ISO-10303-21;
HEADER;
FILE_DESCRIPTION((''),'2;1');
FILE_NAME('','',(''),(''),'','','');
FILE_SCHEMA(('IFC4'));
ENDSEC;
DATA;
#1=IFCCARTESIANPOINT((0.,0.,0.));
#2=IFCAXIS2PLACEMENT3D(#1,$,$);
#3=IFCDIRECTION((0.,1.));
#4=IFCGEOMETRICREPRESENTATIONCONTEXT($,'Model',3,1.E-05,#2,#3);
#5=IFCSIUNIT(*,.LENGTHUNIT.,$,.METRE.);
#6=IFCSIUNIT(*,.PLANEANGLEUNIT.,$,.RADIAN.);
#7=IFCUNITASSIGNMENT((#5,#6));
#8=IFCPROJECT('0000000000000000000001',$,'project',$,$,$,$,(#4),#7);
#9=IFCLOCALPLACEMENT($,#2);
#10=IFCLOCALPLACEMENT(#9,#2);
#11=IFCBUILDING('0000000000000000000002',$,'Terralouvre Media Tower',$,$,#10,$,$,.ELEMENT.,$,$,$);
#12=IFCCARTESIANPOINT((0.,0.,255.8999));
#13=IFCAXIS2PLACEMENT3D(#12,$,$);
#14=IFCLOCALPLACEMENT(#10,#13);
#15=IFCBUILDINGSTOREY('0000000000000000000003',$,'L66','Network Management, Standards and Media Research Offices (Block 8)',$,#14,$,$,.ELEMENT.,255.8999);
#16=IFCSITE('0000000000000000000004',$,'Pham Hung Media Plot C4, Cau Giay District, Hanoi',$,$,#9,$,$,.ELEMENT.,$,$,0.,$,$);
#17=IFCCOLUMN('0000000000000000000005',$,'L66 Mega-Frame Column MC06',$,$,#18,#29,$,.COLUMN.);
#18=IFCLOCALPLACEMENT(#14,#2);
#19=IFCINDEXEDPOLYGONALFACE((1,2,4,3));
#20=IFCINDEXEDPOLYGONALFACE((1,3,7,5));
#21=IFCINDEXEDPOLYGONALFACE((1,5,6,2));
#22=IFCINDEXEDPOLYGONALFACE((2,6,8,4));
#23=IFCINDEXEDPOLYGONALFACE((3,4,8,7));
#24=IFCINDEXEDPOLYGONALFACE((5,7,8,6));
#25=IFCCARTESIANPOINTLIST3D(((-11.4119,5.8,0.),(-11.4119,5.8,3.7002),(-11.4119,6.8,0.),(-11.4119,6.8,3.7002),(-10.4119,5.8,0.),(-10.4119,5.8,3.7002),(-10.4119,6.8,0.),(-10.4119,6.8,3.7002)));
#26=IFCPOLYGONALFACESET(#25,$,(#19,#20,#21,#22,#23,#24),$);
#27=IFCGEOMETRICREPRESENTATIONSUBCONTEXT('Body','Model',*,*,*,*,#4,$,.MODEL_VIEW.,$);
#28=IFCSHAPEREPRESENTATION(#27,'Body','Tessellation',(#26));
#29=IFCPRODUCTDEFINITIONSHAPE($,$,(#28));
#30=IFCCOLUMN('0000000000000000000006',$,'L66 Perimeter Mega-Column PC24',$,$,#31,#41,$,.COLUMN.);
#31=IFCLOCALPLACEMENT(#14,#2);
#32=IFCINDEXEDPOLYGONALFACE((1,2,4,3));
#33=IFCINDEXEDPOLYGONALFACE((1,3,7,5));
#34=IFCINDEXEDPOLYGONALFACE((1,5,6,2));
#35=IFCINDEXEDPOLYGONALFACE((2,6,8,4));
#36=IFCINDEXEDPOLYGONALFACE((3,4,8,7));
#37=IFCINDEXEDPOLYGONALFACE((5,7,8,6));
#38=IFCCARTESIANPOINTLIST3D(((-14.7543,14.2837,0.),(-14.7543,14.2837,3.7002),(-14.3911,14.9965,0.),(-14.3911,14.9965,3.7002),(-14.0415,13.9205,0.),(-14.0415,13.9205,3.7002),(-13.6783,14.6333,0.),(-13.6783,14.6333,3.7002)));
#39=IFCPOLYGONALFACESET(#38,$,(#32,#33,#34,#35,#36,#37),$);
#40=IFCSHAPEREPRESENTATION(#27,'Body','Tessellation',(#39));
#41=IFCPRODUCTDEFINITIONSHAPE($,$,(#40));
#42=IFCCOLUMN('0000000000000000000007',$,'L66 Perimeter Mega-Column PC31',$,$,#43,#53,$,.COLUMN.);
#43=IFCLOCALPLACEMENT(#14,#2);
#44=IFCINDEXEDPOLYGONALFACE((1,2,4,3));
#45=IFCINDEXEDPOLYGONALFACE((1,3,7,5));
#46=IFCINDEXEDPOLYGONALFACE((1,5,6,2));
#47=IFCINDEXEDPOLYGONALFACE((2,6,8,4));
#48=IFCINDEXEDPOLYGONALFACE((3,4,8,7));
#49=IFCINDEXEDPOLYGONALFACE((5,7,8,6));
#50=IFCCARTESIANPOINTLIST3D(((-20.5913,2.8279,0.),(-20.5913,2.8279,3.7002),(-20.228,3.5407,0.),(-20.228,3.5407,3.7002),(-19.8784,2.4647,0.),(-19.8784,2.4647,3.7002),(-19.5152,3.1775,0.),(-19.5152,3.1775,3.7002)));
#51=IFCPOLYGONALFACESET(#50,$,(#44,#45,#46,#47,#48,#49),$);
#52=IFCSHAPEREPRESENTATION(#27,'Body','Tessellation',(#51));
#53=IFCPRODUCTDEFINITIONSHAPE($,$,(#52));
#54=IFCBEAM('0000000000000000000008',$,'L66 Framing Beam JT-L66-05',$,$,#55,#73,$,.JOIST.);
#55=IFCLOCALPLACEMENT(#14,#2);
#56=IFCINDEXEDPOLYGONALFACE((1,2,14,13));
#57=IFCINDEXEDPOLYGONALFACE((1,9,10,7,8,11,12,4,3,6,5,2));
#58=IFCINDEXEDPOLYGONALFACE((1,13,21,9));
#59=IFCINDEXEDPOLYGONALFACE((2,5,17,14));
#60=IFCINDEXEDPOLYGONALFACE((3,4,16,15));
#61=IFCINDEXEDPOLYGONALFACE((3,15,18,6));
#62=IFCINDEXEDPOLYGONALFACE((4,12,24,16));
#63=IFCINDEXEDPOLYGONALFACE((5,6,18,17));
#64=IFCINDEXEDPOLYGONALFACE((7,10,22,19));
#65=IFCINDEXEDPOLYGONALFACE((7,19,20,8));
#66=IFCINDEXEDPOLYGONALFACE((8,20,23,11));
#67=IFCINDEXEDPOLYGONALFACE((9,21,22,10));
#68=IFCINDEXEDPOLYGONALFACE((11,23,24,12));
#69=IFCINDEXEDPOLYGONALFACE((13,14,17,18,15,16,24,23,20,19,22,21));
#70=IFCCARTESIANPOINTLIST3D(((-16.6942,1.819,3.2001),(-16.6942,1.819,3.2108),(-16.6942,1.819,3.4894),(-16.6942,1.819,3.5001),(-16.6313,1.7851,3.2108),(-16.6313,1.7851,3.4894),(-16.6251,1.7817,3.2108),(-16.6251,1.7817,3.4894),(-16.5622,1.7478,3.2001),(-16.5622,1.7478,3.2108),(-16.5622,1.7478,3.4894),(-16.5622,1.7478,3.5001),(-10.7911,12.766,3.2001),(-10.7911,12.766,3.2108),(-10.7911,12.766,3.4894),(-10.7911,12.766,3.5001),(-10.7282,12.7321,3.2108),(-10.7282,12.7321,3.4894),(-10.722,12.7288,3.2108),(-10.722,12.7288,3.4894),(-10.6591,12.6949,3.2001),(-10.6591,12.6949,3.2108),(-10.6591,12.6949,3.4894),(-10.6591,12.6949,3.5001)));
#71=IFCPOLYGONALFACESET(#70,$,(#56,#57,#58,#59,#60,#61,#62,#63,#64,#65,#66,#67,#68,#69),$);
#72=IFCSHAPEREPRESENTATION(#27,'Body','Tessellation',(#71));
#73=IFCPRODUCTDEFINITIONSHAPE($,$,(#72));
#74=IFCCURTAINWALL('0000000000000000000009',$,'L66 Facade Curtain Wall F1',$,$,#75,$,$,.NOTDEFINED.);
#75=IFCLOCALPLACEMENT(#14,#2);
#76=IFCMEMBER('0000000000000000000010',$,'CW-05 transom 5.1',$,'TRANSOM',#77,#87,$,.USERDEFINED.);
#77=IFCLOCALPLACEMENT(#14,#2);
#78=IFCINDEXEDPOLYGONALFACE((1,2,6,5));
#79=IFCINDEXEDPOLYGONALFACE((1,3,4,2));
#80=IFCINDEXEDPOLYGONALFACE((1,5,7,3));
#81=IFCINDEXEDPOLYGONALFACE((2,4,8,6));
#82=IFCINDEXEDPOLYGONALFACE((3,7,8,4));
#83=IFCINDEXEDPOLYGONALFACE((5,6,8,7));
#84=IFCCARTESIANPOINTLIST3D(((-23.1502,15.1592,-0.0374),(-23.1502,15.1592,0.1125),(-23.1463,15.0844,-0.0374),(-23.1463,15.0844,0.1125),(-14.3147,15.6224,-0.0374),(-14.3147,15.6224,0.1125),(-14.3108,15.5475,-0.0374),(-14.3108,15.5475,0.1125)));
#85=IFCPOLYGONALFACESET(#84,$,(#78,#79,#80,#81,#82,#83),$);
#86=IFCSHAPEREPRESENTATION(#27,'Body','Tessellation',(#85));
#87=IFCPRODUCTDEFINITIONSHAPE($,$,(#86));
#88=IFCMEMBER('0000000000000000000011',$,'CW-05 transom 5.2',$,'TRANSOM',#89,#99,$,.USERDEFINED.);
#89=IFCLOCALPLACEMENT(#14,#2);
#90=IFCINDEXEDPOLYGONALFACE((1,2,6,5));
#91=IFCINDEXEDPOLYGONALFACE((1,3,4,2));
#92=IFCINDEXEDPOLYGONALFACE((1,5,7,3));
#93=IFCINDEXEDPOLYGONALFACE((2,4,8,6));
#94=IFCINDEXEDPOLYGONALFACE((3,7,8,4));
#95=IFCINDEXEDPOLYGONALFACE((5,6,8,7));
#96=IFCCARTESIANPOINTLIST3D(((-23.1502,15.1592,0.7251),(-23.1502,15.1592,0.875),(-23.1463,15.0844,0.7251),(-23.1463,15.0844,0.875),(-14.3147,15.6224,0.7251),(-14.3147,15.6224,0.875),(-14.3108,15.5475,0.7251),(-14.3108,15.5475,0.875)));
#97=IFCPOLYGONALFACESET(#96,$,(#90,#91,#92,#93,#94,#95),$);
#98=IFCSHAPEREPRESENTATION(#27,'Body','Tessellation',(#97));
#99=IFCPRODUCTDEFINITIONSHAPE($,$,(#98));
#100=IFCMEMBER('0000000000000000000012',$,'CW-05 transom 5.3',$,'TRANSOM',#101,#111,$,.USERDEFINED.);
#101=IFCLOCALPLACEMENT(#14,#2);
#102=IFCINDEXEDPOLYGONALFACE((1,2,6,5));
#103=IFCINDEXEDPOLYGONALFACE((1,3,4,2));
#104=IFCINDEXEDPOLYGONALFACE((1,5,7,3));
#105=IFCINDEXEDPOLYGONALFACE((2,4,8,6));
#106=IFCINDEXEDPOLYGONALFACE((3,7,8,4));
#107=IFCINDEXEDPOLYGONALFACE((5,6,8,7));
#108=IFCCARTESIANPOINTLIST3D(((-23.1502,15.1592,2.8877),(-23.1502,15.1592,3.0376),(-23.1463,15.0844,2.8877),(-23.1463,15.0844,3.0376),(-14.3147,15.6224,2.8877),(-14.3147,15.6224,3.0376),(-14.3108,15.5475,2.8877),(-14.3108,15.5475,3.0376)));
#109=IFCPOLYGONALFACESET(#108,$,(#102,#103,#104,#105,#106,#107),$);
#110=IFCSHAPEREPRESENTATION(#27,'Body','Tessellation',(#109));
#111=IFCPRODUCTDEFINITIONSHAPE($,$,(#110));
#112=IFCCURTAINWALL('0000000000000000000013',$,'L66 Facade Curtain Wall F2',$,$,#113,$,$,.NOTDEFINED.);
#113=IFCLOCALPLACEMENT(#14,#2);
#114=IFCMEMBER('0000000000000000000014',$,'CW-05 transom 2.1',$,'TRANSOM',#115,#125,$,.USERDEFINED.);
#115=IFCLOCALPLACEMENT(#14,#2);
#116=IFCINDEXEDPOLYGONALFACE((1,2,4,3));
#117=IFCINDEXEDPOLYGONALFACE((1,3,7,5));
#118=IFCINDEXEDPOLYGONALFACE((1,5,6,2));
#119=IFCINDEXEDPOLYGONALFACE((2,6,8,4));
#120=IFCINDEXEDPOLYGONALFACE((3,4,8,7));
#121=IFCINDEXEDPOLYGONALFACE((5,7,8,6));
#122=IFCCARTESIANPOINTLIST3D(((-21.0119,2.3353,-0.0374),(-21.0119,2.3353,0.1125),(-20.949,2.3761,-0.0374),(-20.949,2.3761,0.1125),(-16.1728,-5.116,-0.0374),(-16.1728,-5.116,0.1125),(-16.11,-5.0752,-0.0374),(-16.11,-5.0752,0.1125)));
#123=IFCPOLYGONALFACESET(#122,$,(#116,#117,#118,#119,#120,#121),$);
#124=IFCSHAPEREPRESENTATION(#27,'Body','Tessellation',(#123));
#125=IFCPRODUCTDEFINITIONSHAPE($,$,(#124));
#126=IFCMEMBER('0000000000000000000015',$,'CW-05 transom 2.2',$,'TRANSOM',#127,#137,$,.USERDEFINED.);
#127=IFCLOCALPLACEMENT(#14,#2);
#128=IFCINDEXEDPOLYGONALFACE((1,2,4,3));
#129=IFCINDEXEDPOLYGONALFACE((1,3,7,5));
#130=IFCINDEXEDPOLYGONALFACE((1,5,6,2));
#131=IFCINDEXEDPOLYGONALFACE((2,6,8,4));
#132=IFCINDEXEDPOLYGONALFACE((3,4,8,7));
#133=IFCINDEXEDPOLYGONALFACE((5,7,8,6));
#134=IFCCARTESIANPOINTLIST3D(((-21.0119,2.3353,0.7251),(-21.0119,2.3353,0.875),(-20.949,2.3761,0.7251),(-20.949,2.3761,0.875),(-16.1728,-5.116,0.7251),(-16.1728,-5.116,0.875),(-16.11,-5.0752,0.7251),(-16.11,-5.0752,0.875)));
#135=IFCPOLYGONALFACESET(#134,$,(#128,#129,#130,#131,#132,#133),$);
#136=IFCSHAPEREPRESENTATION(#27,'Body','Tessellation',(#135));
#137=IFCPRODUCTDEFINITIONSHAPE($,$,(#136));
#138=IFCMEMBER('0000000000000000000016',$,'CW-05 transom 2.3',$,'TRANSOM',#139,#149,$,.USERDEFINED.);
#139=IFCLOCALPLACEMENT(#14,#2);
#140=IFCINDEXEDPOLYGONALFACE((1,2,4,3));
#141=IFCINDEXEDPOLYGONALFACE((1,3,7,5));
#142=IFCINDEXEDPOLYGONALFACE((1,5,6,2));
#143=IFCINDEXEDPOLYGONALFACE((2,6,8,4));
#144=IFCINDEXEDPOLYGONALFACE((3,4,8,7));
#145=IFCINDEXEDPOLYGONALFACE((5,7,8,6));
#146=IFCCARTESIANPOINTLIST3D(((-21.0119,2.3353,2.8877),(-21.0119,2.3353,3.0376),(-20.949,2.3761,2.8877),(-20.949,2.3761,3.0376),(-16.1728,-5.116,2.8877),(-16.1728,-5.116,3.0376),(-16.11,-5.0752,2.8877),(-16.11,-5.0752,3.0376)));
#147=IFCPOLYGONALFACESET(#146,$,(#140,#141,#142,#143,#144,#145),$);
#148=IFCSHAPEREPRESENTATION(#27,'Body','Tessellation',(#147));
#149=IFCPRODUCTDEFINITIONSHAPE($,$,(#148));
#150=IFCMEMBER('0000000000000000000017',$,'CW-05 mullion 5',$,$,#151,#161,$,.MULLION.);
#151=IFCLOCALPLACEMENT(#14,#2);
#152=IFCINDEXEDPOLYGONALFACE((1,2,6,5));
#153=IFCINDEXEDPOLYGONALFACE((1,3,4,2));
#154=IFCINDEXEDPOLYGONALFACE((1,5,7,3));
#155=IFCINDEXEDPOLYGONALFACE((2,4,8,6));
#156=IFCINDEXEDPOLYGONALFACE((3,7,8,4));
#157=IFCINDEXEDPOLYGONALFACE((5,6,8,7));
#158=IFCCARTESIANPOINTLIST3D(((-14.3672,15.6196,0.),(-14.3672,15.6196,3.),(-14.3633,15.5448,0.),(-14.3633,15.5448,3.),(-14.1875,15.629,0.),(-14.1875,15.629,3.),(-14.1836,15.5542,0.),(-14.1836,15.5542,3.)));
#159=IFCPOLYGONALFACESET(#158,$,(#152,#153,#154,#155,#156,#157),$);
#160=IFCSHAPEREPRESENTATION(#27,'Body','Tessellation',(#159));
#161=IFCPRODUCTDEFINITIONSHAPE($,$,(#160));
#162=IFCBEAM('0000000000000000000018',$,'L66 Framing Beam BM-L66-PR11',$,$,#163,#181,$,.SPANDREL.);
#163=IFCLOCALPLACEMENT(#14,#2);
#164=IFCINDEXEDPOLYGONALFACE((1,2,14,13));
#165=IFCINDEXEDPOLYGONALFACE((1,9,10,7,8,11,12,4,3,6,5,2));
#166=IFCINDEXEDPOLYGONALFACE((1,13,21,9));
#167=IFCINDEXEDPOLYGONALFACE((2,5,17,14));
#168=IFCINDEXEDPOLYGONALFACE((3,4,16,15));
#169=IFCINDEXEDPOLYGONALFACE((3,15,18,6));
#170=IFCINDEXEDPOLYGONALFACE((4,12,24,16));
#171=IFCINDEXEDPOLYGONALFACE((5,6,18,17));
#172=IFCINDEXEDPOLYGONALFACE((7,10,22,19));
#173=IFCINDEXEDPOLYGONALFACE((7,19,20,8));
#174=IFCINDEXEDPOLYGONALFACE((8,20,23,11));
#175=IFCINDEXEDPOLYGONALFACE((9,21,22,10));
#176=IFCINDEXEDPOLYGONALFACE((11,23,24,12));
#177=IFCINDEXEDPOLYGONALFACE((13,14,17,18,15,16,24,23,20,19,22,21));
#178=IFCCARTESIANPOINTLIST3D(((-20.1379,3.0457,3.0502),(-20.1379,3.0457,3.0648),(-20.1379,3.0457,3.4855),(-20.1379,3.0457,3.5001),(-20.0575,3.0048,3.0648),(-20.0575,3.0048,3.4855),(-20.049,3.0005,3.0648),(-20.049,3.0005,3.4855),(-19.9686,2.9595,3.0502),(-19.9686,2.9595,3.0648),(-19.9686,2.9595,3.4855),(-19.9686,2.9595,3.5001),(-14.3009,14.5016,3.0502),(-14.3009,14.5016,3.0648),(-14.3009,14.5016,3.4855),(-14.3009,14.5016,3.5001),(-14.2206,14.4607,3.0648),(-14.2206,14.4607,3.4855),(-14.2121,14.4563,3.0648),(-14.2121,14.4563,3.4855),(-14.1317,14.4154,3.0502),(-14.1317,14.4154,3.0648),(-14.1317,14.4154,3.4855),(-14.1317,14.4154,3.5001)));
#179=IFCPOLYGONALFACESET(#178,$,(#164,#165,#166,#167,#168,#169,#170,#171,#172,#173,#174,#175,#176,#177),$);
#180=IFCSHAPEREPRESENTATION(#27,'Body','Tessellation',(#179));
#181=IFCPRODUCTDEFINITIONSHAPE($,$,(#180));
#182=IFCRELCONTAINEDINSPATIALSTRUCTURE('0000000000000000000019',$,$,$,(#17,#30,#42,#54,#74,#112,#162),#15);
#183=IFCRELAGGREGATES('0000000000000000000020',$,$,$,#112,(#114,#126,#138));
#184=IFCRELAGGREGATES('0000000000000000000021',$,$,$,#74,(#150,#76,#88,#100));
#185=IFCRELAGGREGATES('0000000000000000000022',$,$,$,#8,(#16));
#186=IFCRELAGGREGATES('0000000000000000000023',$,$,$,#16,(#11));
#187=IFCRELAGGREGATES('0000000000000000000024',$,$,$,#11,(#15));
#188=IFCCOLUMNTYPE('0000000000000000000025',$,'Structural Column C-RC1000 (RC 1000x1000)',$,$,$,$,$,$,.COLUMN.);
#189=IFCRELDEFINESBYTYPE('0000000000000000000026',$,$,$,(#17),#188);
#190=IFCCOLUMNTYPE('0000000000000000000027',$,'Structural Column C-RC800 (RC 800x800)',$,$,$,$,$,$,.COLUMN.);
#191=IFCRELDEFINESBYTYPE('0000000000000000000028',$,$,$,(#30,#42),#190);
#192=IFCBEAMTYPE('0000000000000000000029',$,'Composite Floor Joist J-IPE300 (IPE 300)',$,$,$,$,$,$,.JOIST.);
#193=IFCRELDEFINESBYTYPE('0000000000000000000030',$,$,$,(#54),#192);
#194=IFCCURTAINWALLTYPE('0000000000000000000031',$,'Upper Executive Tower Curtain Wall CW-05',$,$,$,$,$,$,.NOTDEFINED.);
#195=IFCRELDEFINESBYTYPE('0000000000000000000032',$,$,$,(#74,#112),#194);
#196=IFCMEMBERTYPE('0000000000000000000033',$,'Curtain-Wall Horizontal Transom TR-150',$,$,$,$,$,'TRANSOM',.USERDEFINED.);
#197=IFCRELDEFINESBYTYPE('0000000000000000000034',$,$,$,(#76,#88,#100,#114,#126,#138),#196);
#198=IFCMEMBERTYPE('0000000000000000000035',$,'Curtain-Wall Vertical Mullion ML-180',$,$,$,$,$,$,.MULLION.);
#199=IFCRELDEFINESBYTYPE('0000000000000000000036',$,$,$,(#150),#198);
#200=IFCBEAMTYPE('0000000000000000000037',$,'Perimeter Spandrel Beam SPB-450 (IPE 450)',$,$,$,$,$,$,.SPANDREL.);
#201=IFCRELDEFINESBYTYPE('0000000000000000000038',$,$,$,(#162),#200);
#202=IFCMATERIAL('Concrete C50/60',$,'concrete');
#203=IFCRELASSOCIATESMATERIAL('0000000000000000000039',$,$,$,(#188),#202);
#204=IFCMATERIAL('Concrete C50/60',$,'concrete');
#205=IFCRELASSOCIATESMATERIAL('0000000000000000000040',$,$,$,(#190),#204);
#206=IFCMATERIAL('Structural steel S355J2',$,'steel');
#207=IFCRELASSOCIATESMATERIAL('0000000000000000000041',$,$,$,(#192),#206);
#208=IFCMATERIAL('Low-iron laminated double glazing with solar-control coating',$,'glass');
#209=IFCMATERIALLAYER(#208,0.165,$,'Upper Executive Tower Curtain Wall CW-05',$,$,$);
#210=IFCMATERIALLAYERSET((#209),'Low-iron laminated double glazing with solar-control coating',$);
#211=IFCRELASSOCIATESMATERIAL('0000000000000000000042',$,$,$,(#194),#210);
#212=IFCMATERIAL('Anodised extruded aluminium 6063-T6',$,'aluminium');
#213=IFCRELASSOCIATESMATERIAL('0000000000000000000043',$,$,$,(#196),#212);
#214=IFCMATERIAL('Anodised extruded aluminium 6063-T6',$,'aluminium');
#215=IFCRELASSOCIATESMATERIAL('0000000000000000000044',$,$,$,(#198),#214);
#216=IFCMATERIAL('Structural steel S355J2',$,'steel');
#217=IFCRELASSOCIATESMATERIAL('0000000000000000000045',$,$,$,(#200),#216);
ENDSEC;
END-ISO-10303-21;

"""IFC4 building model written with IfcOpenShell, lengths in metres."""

from ifc_helpers import new_model, si_unit, direction, frame, origin, origin_2d, place, context, subcontext, project, spatial, rectangle, i_section, extrude, material, layer, layer_set, material_profile, profile_set, type_object, element, aggregate, save


model = new_model("IFC4")

# Units and contexts
model_context = context("Model", 3, precision=1e-05, world=origin(), true_north=direction((0.0, 1.0)))
body_context = subcontext(model_context, "Body", "Model", "MODEL_VIEW")
ifc_project = project(units=[si_unit("LENGTHUNIT", "METRE"), si_unit("PLANEANGLEUNIT", "RADIAN")], contexts=[model_context])

# Site, building, storey
site_placement = place(None, origin())
site = spatial("IfcSite", under=ifc_project, at=site_placement, Name="Pham Hung Media Plot C4, Cau Giay District, Hanoi", CompositionType="ELEMENT", RefElevation=0.0)
building_placement = place(site_placement, origin())
building = spatial("IfcBuilding", under=site, at=building_placement, Name="Terralouvre Media Tower", CompositionType="ELEMENT")
storey_placement = place(building_placement, frame((0.0, 0.0, 255.8999)))
storey = spatial("IfcBuildingStorey", under=building, at=storey_placement, Name="L66", Description="Network Management, Standards and Media Research Offices (Block 8)", CompositionType="ELEMENT", Elevation=255.8999)

# Columns
ifc_material_1 = material(Name="Concrete C50/60", Category="concrete")
ifc_material_profile_1 = material_profile(ifc_material_1, rectangle(XDim=1.0, YDim=1.0, at=origin_2d()), Name="RC 1000x1000")
ifc_profile_set_1 = profile_set([ifc_material_profile_1], Name="Concrete C50/60")
column_type_1 = type_object("IfcColumnType", Name="Structural Column C-RC1000 (RC 1000x1000)", PredefinedType="COLUMN", material=ifc_profile_set_1)
column_placement = place(storey_placement, frame((-10.9119, 6.3, 0.0), z_axis=(0.0, 0.0, 1.0), x_axis=(1.0, 0.0, 0.0)))
element("IfcColumn", 1, at=column_placement, inside=storey, type_object=column_type_1, Name="L66 Mega-Frame Column MC06", PredefinedType="COLUMN", context=body_context, shape_type="SweptSolid", body=[
    extrude(rectangle(XDim=1.0, YDim=1.0, at=origin_2d()), origin(), (0.0, 0.0, 1.0), 3.7002),
])
ifc_material_2 = material(Name="Concrete C50/60", Category="concrete")
ifc_material_profile_2 = material_profile(ifc_material_2, rectangle(XDim=0.8, YDim=0.8, at=origin_2d()), Name="RC 800x800")
ifc_profile_set_2 = profile_set([ifc_material_profile_2], Name="Concrete C50/60")
column_type_2 = type_object("IfcColumnType", Name="Structural Column C-RC800 (RC 800x800)", PredefinedType="COLUMN", material=ifc_profile_set_2)
for number, where, z_axis, x_axis, name in (
    (2, (-14.2163, 14.4585, 0.0), (0.0, 0.0, 1.0), (0.45399, 0.891007, 0.0), "L66 Perimeter Mega-Column PC24"),
    (3, (-20.0532, 3.0027, 0.0), (0.0, 0.0, 1.0), (0.45399, 0.891007, 0.0), "L66 Perimeter Mega-Column PC31"),
):
    element("IfcColumn", number, at=place(storey_placement, frame(where, z_axis=z_axis, x_axis=x_axis)), inside=storey, type_object=column_type_2, Name=name, PredefinedType="COLUMN", context=body_context, shape_type="SweptSolid", body=[
        extrude(rectangle(XDim=0.8, YDim=0.8, at=origin_2d()), origin(), (0.0, 0.0, 1.0), 3.7002),
    ])

# Beam
ifc_material_3 = material(Name="Structural steel S355J2", Category="steel")
ifc_material_profile_3 = material_profile(ifc_material_3, i_section(OverallWidth=0.1499, OverallDepth=0.3, WebThickness=0.0071, FlangeThickness=0.0107, at=origin_2d()), Name="IPE 300")
ifc_profile_set_3 = profile_set([ifc_material_profile_3], Name="Structural steel S355J2")
beam_type_1 = type_object("IfcBeamType", Name="Composite Floor Joist J-IPE300 (IPE 300)", PredefinedType="JOIST", material=ifc_profile_set_3)
beam_1_placement = place(storey_placement, frame((-10.7251, 12.7305, 3.3501), z_axis=(-0.474631, -0.880185, 0.0), x_axis=(0.880185, -0.474631, 0.0)))
element("IfcBeam", 4, at=beam_1_placement, inside=storey, type_object=beam_type_1, Name="L66 Framing Beam JT-L66-05", PredefinedType="JOIST", context=body_context, shape_type="SweptSolid", body=[
    extrude(i_section(OverallWidth=0.1499, OverallDepth=0.3, WebThickness=0.0071, FlangeThickness=0.0107, at=origin_2d()), origin(), (0.0, 0.0, 1.0), 12.4373),
])

# Curtain walls, members
ifc_material_4 = material(Name="Low-iron laminated double glazing with solar-control coating", Category="glass")
ifc_layer_1 = layer(ifc_material_4, 0.165, Name="Upper Executive Tower Curtain Wall CW-05")
ifc_layer_set_1 = layer_set([ifc_layer_1], Name="Low-iron laminated double glazing with solar-control coating")
curtain_wall_type = type_object("IfcCurtainWallType", Name="Upper Executive Tower Curtain Wall CW-05", PredefinedType="NOTDEFINED", material=ifc_layer_set_1)
curtain_wall_1_placement = place(storey_placement, origin())
curtain_wall_1 = element("IfcCurtainWall", 5, at=curtain_wall_1_placement, inside=storey, type_object=curtain_wall_type, Name="L66 Facade Curtain Wall F1", PredefinedType="NOTDEFINED")
ifc_material_5 = material(Name="Anodised extruded aluminium 6063-T6", Category="aluminium")
ifc_material_profile_4 = material_profile(ifc_material_5, rectangle(XDim=0.075, YDim=0.1499, at=origin_2d()), Name="ALU 75x150")
ifc_profile_set_4 = profile_set([ifc_material_profile_4], Name="Anodised extruded aluminium 6063-T6")
member_type_1 = type_object("IfcMemberType", Name="Curtain-Wall Horizontal Transom TR-150", ElementType="TRANSOM", PredefinedType="USERDEFINED", material=ifc_profile_set_4)
member_1_placement = place(storey_placement, frame((-14.3127, 15.585, 0.0376), z_axis=(-0.998629, -0.052346, 0.0), x_axis=(0.052346, -0.998629, 0.0)))
member_1 = element("IfcMember", 6, at=member_1_placement, type_object=member_type_1, Name="CW-05 transom 5.1", ObjectType="TRANSOM", PredefinedType="USERDEFINED", context=body_context, shape_type="SweptSolid", body=[
    extrude(rectangle(XDim=0.075, YDim=0.1499, at=origin_2d()), origin(), (0.0, 0.0, 1.0), 8.8477),
])
member_2_placement = place(storey_placement, frame((-14.3127, 15.585, 0.8), z_axis=(-0.998629, -0.052346, 0.0), x_axis=(0.052346, -0.998629, 0.0)))
member_2 = element("IfcMember", 7, at=member_2_placement, type_object=member_type_1, Name="CW-05 transom 5.2", ObjectType="TRANSOM", PredefinedType="USERDEFINED", context=body_context, shape_type="SweptSolid", body=[
    extrude(rectangle(XDim=0.075, YDim=0.1499, at=origin_2d()), origin(), (0.0, 0.0, 1.0), 8.8477),
])
member_3_placement = place(storey_placement, frame((-14.3127, 15.585, 2.9626), z_axis=(-0.998629, -0.052346, 0.0), x_axis=(0.052346, -0.998629, 0.0)))
member_3 = element("IfcMember", 8, at=member_3_placement, type_object=member_type_1, Name="CW-05 transom 5.3", ObjectType="TRANSOM", PredefinedType="USERDEFINED", context=body_context, shape_type="SweptSolid", body=[
    extrude(rectangle(XDim=0.075, YDim=0.1499, at=origin_2d()), origin(), (0.0, 0.0, 1.0), 8.8477),
])
curtain_wall_2_placement = place(storey_placement, origin())
curtain_wall_2 = element("IfcCurtainWall", 9, at=curtain_wall_2_placement, inside=storey, type_object=curtain_wall_type, Name="L66 Facade Curtain Wall F2", PredefinedType="NOTDEFINED")
member_4_placement = place(storey_placement, frame((-20.9805, 2.3557, 0.0376), z_axis=(0.544647, -0.838665, 0.0), x_axis=(0.838665, 0.544647, 0.0)))
member_4 = element("IfcMember", 10, at=member_4_placement, type_object=member_type_1, Name="CW-05 transom 2.1", ObjectType="TRANSOM", PredefinedType="USERDEFINED", context=body_context, shape_type="SweptSolid", body=[
    extrude(rectangle(XDim=0.075, YDim=0.1499, at=origin_2d()), origin(), (0.0, 0.0, 1.0), 8.8848),
])
member_5_placement = place(storey_placement, frame((-20.9805, 2.3557, 0.8), z_axis=(0.544647, -0.838665, 0.0), x_axis=(0.838665, 0.544647, 0.0)))
member_5 = element("IfcMember", 11, at=member_5_placement, type_object=member_type_1, Name="CW-05 transom 2.2", ObjectType="TRANSOM", PredefinedType="USERDEFINED", context=body_context, shape_type="SweptSolid", body=[
    extrude(rectangle(XDim=0.075, YDim=0.1499, at=origin_2d()), origin(), (0.0, 0.0, 1.0), 8.8848),
])
member_6_placement = place(storey_placement, frame((-20.9805, 2.3557, 2.9626), z_axis=(0.544647, -0.838665, 0.0), x_axis=(0.838665, 0.544647, 0.0)))
member_6 = element("IfcMember", 12, at=member_6_placement, type_object=member_type_1, Name="CW-05 transom 2.3", ObjectType="TRANSOM", PredefinedType="USERDEFINED", context=body_context, shape_type="SweptSolid", body=[
    extrude(rectangle(XDim=0.075, YDim=0.1499, at=origin_2d()), origin(), (0.0, 0.0, 1.0), 8.8848),
])
aggregate(curtain_wall_2, [member_4, member_5, member_6])

# Member
ifc_material_6 = material(Name="Anodised extruded aluminium 6063-T6", Category="aluminium")
ifc_material_profile_5 = material_profile(ifc_material_6, rectangle(XDim=0.075, YDim=0.1799, at=origin_2d()), Name="ALU 75x180")
ifc_profile_set_5 = profile_set([ifc_material_profile_5], Name="Anodised extruded aluminium 6063-T6")
member_type_2 = type_object("IfcMemberType", Name="Curtain-Wall Vertical Mullion ML-180", PredefinedType="MULLION", material=ifc_profile_set_5)
member_7_placement = place(storey_placement, frame((-14.2754, 15.5869, 0.0), z_axis=(0.0, 0.0, 1.0), x_axis=(0.052336, -0.99863, 0.0)))
member_7 = element("IfcMember", 13, at=member_7_placement, type_object=member_type_2, Name="CW-05 mullion 5", PredefinedType="MULLION", context=body_context, shape_type="SweptSolid", body=[
    extrude(rectangle(XDim=0.075, YDim=0.1799, at=origin_2d()), origin(), (0.0, 0.0, 1.0), 3.0),
])

# Beam
ifc_material_7 = material(Name="Structural steel S355J2", Category="steel")
ifc_material_profile_6 = material_profile(ifc_material_7, i_section(OverallWidth=0.1899, OverallDepth=0.45, WebThickness=0.0095, FlangeThickness=0.0146, at=origin_2d()), Name="IPE 450")
ifc_profile_set_6 = profile_set([ifc_material_profile_6], Name="Structural steel S355J2")
beam_type_2 = type_object("IfcBeamType", Name="Perimeter Spandrel Beam SPB-450 (IPE 450)", PredefinedType="SPANDREL", material=ifc_profile_set_6)
beam_2_placement = place(storey_placement, frame((-14.2163, 14.4585, 3.2751), z_axis=(-0.453984, -0.89101, 0.0), x_axis=(0.89101, -0.453984, 0.0)))
element("IfcBeam", 14, at=beam_2_placement, inside=storey, type_object=beam_type_2, Name="L66 Framing Beam BM-L66-PR11", PredefinedType="SPANDREL", context=body_context, shape_type="SweptSolid", body=[
    extrude(i_section(OverallWidth=0.1899, OverallDepth=0.45, WebThickness=0.0095, FlangeThickness=0.0146, at=origin_2d()), origin(), (0.0, 0.0, 1.0), 12.8572),
])

aggregate(curtain_wall_1, [member_7, member_1, member_2, member_3])

save(model, "model.ifc")
